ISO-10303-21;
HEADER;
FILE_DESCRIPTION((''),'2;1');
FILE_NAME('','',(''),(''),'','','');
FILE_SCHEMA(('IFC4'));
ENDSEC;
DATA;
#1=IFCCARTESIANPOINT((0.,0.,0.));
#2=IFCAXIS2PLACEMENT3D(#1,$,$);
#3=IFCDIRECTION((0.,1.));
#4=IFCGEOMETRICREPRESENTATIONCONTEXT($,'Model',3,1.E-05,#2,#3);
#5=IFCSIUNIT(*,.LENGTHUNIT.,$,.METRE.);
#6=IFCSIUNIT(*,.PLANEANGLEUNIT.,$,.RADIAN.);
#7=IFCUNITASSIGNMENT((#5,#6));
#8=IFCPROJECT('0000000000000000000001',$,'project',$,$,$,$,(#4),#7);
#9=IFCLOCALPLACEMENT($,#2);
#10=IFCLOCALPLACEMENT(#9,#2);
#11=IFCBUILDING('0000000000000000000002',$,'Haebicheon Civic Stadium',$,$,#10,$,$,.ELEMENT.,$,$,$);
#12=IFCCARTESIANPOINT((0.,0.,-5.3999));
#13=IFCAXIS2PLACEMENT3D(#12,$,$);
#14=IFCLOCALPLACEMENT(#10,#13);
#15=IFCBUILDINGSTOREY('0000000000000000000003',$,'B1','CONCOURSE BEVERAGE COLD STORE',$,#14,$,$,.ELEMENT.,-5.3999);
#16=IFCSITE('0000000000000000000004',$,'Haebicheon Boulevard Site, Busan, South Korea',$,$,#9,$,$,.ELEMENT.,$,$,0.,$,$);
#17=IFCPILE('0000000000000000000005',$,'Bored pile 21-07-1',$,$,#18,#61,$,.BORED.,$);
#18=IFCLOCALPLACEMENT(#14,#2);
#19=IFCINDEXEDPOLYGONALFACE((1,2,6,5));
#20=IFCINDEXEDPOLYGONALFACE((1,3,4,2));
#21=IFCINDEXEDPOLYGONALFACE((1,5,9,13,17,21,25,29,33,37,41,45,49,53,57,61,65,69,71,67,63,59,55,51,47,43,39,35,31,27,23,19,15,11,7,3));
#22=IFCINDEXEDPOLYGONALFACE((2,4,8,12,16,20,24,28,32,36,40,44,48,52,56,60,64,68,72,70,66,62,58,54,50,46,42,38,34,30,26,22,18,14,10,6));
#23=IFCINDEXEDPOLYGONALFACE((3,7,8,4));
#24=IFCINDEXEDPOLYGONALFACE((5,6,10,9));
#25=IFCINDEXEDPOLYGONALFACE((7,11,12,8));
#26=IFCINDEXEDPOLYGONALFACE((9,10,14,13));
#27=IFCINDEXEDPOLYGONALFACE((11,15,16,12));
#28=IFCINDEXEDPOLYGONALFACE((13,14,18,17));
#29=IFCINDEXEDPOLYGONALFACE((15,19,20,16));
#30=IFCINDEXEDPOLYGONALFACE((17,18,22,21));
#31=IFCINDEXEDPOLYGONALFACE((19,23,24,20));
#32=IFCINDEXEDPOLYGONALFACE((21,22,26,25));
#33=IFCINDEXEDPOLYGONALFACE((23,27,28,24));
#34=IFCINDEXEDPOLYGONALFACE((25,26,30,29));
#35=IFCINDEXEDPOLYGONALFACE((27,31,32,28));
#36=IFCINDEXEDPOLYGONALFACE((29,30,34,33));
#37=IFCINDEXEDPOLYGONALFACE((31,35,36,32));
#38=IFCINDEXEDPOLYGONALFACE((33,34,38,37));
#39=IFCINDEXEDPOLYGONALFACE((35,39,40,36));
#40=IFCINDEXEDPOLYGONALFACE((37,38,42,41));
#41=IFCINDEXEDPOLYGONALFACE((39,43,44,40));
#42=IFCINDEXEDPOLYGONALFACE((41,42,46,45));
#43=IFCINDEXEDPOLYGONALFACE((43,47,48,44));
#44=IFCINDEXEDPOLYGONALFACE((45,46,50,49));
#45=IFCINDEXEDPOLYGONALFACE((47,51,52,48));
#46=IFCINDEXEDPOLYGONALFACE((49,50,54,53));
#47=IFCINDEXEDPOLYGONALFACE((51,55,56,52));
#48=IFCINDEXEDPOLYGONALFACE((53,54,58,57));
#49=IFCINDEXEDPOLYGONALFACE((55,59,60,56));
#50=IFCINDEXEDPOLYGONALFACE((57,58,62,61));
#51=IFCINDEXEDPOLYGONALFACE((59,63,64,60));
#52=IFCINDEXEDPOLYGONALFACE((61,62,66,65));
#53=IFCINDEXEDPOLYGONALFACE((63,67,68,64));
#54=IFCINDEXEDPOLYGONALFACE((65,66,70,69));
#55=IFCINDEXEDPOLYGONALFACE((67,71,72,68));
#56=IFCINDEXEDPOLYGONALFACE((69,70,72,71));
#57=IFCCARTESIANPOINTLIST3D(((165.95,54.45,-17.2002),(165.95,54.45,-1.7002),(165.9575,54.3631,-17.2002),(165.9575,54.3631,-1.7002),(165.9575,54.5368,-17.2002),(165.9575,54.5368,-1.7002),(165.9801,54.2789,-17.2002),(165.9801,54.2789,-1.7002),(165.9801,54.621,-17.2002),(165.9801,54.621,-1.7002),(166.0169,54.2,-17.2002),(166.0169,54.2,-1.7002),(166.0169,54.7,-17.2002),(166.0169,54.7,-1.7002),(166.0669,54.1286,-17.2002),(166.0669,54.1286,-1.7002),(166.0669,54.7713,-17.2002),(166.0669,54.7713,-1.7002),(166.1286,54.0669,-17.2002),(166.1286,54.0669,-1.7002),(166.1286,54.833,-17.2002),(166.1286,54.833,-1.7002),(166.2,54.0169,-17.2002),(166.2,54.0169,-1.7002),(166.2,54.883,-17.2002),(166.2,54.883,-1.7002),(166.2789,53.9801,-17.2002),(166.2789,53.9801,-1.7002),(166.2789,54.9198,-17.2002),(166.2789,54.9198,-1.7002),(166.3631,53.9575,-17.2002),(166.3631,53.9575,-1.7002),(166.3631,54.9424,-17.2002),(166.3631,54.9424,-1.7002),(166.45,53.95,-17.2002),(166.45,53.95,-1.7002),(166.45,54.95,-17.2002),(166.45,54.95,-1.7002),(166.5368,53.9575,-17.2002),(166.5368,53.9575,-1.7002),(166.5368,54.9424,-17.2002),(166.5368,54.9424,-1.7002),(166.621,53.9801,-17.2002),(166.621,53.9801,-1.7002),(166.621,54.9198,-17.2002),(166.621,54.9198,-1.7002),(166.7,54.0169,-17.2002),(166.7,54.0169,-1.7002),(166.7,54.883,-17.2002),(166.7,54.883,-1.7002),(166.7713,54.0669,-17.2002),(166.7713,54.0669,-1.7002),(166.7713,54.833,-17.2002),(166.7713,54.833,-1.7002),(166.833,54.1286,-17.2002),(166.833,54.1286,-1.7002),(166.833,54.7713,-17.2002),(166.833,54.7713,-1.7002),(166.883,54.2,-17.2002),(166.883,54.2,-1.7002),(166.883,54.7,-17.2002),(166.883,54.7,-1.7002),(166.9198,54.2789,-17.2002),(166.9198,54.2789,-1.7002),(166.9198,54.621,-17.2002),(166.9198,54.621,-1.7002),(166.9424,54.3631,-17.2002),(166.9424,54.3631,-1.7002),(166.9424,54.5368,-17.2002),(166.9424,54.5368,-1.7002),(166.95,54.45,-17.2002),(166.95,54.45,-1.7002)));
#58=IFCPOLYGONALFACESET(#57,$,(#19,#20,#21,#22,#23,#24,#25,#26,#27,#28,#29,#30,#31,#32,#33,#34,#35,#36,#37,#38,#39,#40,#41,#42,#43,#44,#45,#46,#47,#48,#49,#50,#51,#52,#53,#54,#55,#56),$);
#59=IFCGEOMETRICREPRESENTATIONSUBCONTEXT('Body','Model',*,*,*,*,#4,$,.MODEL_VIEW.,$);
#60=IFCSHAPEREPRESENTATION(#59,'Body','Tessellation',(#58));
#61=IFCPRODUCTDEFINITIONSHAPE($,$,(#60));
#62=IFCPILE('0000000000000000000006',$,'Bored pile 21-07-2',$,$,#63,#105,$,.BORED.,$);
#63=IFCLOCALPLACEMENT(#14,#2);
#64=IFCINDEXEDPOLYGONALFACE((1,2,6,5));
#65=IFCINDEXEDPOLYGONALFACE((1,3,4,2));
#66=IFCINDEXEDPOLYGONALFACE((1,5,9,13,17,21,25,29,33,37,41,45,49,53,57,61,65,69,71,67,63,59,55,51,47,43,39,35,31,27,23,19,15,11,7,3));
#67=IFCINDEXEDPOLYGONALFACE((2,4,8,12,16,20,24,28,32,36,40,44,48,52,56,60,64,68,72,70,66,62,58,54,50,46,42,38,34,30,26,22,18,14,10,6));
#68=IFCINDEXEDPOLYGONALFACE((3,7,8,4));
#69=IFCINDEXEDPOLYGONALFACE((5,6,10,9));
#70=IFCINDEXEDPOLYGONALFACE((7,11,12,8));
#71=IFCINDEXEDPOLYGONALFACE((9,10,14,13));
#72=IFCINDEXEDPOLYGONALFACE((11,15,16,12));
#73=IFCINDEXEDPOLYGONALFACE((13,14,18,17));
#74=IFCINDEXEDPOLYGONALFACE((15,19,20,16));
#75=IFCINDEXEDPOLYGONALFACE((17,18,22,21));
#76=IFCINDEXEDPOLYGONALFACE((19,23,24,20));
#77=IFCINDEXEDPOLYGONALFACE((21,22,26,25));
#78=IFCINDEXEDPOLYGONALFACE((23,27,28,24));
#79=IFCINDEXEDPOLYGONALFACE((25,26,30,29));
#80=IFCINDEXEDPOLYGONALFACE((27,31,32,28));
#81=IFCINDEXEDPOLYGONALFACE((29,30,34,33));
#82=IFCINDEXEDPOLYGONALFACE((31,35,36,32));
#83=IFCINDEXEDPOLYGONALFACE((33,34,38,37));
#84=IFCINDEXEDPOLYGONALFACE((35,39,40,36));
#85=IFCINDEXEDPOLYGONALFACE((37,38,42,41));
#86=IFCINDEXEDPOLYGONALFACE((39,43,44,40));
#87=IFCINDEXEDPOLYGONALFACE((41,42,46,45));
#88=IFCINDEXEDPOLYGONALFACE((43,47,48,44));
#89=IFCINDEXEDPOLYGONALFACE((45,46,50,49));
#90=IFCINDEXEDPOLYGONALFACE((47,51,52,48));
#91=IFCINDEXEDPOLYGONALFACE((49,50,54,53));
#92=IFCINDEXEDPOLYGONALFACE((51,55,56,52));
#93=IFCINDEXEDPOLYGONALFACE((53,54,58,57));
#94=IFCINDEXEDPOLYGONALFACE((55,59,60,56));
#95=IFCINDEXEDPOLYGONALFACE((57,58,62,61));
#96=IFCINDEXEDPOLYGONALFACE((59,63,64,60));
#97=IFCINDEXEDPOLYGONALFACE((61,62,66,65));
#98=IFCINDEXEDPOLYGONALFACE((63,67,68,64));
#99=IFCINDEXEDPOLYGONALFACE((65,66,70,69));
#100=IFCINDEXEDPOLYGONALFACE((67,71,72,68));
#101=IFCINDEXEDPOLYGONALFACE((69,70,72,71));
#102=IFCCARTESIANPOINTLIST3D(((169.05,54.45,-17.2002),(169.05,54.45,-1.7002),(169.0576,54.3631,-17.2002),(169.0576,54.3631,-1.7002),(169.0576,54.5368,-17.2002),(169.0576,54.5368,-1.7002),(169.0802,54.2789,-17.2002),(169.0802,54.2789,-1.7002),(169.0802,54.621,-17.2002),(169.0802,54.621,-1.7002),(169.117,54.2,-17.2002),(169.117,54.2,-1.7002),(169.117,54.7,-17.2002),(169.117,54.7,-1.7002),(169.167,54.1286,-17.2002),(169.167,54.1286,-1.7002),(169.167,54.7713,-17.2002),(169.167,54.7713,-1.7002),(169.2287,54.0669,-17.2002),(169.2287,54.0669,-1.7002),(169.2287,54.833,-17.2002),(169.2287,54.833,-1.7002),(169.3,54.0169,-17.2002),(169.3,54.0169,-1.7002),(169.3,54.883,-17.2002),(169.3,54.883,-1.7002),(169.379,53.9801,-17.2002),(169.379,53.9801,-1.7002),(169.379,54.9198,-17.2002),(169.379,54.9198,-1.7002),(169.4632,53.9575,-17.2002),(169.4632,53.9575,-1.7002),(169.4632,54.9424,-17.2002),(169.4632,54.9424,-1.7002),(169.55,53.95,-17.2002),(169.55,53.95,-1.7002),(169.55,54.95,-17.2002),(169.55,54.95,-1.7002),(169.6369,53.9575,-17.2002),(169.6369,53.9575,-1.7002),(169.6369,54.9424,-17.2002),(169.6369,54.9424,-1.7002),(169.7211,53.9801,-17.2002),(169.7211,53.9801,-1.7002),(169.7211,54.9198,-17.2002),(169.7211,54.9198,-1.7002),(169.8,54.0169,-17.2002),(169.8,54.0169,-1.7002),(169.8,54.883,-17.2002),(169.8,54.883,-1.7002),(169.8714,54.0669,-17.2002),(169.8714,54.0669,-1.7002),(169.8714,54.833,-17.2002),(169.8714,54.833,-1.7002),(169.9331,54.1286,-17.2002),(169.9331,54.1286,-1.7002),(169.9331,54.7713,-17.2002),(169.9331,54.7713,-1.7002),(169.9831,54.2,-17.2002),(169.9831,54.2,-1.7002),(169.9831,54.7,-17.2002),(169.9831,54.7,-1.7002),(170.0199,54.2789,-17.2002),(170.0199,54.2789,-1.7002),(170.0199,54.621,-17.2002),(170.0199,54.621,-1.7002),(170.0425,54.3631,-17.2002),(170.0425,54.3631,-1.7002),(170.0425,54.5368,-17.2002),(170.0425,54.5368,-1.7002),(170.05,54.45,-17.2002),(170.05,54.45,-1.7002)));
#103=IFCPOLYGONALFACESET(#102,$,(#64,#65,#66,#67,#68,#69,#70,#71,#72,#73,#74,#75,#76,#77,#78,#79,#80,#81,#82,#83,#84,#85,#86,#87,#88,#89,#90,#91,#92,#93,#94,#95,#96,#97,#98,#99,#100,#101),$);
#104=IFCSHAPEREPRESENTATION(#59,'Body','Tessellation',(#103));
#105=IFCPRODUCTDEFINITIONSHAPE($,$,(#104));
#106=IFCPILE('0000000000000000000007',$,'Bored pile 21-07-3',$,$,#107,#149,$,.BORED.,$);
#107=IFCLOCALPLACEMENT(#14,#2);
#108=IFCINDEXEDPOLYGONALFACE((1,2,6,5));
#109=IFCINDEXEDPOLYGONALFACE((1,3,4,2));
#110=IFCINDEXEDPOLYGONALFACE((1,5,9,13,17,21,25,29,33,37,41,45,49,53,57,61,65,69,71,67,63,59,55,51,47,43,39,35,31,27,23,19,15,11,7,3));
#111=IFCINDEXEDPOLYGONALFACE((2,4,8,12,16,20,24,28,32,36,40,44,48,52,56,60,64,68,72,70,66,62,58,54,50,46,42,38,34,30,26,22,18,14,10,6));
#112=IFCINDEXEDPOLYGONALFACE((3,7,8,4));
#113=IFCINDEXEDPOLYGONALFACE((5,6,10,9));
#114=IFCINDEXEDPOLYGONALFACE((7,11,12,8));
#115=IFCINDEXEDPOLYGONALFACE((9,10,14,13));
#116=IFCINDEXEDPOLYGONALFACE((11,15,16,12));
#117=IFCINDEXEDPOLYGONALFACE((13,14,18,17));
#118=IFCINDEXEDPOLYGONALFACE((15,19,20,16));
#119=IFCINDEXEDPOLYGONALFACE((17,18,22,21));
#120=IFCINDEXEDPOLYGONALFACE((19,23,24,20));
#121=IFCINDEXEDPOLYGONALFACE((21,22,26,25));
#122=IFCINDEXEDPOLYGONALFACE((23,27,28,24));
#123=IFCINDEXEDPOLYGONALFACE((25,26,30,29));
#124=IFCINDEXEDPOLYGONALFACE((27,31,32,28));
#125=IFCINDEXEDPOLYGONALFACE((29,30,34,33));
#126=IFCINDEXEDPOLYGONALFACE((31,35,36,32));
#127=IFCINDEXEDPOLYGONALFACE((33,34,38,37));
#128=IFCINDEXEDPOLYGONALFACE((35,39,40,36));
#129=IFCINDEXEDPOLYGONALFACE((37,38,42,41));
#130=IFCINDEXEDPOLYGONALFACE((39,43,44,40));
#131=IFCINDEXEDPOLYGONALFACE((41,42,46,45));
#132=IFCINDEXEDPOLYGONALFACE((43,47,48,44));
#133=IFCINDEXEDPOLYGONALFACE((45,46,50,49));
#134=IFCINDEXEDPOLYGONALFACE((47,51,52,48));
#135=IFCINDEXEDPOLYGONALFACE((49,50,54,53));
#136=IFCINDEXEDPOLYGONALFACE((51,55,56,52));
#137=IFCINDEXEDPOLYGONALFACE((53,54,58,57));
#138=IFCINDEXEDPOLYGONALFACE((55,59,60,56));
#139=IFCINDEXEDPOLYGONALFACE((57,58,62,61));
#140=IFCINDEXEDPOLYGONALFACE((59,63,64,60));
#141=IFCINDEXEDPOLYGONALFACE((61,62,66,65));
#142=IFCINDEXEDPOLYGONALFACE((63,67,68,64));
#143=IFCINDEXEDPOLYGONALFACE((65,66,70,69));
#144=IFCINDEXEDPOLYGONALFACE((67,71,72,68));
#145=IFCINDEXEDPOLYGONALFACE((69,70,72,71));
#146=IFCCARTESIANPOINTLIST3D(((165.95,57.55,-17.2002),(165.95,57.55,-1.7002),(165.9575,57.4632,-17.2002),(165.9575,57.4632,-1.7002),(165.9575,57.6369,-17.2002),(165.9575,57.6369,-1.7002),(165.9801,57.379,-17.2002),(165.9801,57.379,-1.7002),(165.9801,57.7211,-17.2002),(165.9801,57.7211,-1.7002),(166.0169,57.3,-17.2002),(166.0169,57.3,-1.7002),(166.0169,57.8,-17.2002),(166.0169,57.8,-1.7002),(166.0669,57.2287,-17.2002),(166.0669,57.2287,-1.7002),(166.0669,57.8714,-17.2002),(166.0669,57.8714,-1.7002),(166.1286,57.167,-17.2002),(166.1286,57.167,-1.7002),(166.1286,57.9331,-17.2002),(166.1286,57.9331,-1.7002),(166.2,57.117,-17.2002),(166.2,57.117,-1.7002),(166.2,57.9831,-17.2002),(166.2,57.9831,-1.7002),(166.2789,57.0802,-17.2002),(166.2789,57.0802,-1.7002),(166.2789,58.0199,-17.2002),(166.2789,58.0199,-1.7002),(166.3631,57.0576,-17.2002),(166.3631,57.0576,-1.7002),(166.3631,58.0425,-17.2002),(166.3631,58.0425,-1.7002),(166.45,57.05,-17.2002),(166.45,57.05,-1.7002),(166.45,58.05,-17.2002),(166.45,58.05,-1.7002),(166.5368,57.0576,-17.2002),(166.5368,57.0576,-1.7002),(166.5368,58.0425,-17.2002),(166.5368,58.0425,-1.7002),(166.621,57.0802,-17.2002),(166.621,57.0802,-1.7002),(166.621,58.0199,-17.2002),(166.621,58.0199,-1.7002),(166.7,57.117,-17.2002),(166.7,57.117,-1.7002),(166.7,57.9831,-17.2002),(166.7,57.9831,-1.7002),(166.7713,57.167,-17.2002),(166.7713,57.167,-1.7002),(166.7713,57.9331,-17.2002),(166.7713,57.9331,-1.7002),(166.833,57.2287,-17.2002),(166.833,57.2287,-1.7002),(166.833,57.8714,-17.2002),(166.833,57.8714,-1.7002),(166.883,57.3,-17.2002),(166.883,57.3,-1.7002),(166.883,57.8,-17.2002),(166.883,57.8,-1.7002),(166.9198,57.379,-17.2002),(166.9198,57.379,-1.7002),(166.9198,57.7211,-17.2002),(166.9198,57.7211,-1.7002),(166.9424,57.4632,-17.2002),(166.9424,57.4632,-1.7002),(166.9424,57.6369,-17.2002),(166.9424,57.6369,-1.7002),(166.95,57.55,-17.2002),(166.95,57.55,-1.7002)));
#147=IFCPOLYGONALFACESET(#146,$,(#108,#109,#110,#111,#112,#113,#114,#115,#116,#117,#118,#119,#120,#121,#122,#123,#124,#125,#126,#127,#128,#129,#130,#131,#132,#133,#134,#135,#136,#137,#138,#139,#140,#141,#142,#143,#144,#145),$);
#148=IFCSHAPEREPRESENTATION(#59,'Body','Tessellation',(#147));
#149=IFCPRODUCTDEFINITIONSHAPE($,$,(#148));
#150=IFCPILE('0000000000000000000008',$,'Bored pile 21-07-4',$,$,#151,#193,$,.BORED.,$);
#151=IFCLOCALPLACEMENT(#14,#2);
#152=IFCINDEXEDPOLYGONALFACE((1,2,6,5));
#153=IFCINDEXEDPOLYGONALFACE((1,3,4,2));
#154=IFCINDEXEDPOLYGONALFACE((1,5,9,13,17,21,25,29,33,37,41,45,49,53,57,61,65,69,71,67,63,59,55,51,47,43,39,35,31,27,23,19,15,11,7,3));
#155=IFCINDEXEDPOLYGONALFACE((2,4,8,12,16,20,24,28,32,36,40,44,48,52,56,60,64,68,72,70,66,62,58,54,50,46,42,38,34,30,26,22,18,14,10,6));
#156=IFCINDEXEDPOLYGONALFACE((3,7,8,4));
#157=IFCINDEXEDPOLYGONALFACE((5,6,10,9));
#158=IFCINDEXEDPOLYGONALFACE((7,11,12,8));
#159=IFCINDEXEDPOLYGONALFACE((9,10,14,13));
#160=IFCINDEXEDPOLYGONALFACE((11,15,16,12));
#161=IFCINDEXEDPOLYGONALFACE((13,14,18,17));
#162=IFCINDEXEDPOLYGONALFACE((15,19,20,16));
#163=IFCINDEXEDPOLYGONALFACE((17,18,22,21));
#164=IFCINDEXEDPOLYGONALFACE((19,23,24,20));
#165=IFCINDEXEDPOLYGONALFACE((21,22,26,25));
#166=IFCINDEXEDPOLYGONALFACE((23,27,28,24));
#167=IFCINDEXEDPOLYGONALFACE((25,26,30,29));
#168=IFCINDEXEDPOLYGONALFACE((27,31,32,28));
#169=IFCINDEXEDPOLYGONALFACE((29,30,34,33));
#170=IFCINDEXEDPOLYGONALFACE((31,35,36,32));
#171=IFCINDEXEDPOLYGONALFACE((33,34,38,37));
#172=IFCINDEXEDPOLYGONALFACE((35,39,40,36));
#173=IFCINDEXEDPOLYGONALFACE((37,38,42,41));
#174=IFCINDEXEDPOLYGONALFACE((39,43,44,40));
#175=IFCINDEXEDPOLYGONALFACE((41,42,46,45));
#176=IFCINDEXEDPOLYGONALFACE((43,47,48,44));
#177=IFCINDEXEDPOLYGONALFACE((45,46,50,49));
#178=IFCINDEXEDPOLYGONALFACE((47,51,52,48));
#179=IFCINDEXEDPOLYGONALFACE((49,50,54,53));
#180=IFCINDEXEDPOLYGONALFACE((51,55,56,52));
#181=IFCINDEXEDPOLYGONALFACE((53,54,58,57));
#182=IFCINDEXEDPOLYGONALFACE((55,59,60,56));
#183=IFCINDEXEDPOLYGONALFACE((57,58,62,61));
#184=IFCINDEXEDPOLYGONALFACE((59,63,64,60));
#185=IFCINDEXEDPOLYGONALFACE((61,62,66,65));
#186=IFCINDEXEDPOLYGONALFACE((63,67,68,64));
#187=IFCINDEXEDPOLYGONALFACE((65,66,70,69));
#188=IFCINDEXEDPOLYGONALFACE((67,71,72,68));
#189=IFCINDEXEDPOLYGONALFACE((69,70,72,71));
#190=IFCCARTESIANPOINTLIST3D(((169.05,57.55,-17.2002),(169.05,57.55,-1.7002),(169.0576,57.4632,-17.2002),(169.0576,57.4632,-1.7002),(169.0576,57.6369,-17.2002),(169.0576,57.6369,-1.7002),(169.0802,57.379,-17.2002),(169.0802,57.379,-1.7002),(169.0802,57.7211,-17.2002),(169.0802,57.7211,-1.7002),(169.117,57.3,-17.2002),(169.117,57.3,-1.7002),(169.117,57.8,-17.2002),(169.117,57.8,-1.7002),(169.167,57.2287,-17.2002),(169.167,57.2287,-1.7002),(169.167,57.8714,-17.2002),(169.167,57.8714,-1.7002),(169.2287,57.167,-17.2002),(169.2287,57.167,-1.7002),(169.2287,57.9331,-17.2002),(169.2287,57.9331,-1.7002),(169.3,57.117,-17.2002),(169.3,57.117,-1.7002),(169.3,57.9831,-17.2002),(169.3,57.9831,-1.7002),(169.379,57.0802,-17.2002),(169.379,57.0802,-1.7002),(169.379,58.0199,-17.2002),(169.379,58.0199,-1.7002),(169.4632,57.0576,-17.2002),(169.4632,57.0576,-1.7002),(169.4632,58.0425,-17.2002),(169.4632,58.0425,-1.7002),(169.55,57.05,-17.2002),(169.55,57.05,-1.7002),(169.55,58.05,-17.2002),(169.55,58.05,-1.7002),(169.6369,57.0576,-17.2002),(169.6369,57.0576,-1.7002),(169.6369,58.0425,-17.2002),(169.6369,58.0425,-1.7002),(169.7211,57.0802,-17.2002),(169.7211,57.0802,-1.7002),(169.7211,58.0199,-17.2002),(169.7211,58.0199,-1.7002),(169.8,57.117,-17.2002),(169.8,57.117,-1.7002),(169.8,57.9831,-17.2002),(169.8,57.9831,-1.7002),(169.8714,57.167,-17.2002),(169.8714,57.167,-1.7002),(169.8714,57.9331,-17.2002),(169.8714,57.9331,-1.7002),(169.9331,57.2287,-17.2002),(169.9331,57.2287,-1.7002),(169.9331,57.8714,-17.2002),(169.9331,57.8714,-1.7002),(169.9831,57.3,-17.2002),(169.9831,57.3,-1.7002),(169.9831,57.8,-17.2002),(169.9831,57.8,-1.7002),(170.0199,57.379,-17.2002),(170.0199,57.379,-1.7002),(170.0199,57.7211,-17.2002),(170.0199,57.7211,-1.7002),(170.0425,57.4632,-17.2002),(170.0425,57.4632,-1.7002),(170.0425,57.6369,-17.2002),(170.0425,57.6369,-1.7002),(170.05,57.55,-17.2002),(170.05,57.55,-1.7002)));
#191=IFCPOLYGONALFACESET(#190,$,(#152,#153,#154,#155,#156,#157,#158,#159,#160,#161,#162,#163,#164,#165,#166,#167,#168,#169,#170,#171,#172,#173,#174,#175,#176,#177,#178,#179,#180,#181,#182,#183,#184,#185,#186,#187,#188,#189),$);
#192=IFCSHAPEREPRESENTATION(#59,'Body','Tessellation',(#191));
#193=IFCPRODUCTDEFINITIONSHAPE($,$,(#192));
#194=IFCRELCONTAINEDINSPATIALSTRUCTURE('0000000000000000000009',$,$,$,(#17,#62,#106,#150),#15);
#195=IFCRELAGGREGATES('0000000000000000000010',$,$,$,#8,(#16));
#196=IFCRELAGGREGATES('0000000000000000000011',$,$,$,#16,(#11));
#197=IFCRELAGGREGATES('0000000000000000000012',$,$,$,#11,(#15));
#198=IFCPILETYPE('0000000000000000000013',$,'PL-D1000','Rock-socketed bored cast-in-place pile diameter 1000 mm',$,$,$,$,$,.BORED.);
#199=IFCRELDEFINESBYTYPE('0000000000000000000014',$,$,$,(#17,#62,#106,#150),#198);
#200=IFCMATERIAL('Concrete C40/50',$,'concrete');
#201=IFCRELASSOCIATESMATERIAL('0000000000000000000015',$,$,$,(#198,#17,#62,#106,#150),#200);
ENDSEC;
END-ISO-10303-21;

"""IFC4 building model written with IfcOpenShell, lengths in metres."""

from ifc_helpers import new_model, si_unit, direction, frame, origin, origin_2d, place, context, subcontext, project, spatial, circle, extrude, material, material_profile, profile_set, type_object, element, save


model = new_model("IFC4")

# Units and contexts
model_context = context("Model", 3, precision=1e-05, world=origin(), true_north=direction((0.0, 1.0)))
body_context = subcontext(model_context, "Body", "Model", "MODEL_VIEW")
ifc_project = project(units=[si_unit("LENGTHUNIT", "METRE"), si_unit("PLANEANGLEUNIT", "RADIAN")], contexts=[model_context])

# Site, building, storey
site_placement = place(None, origin())
site = spatial("IfcSite", under=ifc_project, at=site_placement, Name="Haebicheon Boulevard Site, Busan, South Korea", CompositionType="ELEMENT", RefElevation=0.0)
building_placement = place(site_placement, origin())
building = spatial("IfcBuilding", under=site, at=building_placement, Name="Haebicheon Civic Stadium", CompositionType="ELEMENT")
storey_placement = place(building_placement, frame((0.0, 0.0, -5.3999)))
storey = spatial("IfcBuildingStorey", under=building, at=storey_placement, Name="B1", Description="CONCOURSE BEVERAGE COLD STORE", CompositionType="ELEMENT", Elevation=-5.3999)

# Piles
ifc_material_1 = material(Name="Concrete C40/50", Category="concrete")
ifc_material_profile_1 = material_profile(ifc_material_1, circle(Radius=0.5, at=origin_2d()), Name="PILE-D1000")
ifc_profile_set_1 = profile_set([ifc_material_profile_1], Name="Concrete C40/50")
pile_type_1 = type_object("IfcPileType", Name="PL-D1000", Description="Rock-socketed bored cast-in-place pile diameter 1000 mm", PredefinedType="BORED", material=ifc_profile_set_1)
for number, where, z_axis, x_axis, name in (
    (1, (166.45, 54.45, -1.7002), (0.0, 0.0, -1.0), (1.0, 0.0, 0.0), "Bored pile 21-07-1"),
    (2, (169.55, 54.45, -1.7002), (0.0, 0.0, -1.0), (1.0, 0.0, 0.0), "Bored pile 21-07-2"),
    (3, (166.45, 57.55, -1.7002), (0.0, 0.0, -1.0), (1.0, 0.0, 0.0), "Bored pile 21-07-3"),
    (4, (169.55, 57.55, -1.7002), (0.0, 0.0, -1.0), (1.0, 0.0, 0.0), "Bored pile 21-07-4"),
):
    element("IfcPile", number, at=place(storey_placement, frame(where, z_axis=z_axis, x_axis=x_axis)), inside=storey, type_object=pile_type_1, material=ifc_profile_set_1, Name=name, PredefinedType="BORED", context=body_context, shape_type="SweptSolid", body=[
        extrude(circle(Radius=0.5, at=origin_2d()), origin(), (0.0, 0.0, 1.0), 15.5),
    ])

save(model, "model.ifc")
